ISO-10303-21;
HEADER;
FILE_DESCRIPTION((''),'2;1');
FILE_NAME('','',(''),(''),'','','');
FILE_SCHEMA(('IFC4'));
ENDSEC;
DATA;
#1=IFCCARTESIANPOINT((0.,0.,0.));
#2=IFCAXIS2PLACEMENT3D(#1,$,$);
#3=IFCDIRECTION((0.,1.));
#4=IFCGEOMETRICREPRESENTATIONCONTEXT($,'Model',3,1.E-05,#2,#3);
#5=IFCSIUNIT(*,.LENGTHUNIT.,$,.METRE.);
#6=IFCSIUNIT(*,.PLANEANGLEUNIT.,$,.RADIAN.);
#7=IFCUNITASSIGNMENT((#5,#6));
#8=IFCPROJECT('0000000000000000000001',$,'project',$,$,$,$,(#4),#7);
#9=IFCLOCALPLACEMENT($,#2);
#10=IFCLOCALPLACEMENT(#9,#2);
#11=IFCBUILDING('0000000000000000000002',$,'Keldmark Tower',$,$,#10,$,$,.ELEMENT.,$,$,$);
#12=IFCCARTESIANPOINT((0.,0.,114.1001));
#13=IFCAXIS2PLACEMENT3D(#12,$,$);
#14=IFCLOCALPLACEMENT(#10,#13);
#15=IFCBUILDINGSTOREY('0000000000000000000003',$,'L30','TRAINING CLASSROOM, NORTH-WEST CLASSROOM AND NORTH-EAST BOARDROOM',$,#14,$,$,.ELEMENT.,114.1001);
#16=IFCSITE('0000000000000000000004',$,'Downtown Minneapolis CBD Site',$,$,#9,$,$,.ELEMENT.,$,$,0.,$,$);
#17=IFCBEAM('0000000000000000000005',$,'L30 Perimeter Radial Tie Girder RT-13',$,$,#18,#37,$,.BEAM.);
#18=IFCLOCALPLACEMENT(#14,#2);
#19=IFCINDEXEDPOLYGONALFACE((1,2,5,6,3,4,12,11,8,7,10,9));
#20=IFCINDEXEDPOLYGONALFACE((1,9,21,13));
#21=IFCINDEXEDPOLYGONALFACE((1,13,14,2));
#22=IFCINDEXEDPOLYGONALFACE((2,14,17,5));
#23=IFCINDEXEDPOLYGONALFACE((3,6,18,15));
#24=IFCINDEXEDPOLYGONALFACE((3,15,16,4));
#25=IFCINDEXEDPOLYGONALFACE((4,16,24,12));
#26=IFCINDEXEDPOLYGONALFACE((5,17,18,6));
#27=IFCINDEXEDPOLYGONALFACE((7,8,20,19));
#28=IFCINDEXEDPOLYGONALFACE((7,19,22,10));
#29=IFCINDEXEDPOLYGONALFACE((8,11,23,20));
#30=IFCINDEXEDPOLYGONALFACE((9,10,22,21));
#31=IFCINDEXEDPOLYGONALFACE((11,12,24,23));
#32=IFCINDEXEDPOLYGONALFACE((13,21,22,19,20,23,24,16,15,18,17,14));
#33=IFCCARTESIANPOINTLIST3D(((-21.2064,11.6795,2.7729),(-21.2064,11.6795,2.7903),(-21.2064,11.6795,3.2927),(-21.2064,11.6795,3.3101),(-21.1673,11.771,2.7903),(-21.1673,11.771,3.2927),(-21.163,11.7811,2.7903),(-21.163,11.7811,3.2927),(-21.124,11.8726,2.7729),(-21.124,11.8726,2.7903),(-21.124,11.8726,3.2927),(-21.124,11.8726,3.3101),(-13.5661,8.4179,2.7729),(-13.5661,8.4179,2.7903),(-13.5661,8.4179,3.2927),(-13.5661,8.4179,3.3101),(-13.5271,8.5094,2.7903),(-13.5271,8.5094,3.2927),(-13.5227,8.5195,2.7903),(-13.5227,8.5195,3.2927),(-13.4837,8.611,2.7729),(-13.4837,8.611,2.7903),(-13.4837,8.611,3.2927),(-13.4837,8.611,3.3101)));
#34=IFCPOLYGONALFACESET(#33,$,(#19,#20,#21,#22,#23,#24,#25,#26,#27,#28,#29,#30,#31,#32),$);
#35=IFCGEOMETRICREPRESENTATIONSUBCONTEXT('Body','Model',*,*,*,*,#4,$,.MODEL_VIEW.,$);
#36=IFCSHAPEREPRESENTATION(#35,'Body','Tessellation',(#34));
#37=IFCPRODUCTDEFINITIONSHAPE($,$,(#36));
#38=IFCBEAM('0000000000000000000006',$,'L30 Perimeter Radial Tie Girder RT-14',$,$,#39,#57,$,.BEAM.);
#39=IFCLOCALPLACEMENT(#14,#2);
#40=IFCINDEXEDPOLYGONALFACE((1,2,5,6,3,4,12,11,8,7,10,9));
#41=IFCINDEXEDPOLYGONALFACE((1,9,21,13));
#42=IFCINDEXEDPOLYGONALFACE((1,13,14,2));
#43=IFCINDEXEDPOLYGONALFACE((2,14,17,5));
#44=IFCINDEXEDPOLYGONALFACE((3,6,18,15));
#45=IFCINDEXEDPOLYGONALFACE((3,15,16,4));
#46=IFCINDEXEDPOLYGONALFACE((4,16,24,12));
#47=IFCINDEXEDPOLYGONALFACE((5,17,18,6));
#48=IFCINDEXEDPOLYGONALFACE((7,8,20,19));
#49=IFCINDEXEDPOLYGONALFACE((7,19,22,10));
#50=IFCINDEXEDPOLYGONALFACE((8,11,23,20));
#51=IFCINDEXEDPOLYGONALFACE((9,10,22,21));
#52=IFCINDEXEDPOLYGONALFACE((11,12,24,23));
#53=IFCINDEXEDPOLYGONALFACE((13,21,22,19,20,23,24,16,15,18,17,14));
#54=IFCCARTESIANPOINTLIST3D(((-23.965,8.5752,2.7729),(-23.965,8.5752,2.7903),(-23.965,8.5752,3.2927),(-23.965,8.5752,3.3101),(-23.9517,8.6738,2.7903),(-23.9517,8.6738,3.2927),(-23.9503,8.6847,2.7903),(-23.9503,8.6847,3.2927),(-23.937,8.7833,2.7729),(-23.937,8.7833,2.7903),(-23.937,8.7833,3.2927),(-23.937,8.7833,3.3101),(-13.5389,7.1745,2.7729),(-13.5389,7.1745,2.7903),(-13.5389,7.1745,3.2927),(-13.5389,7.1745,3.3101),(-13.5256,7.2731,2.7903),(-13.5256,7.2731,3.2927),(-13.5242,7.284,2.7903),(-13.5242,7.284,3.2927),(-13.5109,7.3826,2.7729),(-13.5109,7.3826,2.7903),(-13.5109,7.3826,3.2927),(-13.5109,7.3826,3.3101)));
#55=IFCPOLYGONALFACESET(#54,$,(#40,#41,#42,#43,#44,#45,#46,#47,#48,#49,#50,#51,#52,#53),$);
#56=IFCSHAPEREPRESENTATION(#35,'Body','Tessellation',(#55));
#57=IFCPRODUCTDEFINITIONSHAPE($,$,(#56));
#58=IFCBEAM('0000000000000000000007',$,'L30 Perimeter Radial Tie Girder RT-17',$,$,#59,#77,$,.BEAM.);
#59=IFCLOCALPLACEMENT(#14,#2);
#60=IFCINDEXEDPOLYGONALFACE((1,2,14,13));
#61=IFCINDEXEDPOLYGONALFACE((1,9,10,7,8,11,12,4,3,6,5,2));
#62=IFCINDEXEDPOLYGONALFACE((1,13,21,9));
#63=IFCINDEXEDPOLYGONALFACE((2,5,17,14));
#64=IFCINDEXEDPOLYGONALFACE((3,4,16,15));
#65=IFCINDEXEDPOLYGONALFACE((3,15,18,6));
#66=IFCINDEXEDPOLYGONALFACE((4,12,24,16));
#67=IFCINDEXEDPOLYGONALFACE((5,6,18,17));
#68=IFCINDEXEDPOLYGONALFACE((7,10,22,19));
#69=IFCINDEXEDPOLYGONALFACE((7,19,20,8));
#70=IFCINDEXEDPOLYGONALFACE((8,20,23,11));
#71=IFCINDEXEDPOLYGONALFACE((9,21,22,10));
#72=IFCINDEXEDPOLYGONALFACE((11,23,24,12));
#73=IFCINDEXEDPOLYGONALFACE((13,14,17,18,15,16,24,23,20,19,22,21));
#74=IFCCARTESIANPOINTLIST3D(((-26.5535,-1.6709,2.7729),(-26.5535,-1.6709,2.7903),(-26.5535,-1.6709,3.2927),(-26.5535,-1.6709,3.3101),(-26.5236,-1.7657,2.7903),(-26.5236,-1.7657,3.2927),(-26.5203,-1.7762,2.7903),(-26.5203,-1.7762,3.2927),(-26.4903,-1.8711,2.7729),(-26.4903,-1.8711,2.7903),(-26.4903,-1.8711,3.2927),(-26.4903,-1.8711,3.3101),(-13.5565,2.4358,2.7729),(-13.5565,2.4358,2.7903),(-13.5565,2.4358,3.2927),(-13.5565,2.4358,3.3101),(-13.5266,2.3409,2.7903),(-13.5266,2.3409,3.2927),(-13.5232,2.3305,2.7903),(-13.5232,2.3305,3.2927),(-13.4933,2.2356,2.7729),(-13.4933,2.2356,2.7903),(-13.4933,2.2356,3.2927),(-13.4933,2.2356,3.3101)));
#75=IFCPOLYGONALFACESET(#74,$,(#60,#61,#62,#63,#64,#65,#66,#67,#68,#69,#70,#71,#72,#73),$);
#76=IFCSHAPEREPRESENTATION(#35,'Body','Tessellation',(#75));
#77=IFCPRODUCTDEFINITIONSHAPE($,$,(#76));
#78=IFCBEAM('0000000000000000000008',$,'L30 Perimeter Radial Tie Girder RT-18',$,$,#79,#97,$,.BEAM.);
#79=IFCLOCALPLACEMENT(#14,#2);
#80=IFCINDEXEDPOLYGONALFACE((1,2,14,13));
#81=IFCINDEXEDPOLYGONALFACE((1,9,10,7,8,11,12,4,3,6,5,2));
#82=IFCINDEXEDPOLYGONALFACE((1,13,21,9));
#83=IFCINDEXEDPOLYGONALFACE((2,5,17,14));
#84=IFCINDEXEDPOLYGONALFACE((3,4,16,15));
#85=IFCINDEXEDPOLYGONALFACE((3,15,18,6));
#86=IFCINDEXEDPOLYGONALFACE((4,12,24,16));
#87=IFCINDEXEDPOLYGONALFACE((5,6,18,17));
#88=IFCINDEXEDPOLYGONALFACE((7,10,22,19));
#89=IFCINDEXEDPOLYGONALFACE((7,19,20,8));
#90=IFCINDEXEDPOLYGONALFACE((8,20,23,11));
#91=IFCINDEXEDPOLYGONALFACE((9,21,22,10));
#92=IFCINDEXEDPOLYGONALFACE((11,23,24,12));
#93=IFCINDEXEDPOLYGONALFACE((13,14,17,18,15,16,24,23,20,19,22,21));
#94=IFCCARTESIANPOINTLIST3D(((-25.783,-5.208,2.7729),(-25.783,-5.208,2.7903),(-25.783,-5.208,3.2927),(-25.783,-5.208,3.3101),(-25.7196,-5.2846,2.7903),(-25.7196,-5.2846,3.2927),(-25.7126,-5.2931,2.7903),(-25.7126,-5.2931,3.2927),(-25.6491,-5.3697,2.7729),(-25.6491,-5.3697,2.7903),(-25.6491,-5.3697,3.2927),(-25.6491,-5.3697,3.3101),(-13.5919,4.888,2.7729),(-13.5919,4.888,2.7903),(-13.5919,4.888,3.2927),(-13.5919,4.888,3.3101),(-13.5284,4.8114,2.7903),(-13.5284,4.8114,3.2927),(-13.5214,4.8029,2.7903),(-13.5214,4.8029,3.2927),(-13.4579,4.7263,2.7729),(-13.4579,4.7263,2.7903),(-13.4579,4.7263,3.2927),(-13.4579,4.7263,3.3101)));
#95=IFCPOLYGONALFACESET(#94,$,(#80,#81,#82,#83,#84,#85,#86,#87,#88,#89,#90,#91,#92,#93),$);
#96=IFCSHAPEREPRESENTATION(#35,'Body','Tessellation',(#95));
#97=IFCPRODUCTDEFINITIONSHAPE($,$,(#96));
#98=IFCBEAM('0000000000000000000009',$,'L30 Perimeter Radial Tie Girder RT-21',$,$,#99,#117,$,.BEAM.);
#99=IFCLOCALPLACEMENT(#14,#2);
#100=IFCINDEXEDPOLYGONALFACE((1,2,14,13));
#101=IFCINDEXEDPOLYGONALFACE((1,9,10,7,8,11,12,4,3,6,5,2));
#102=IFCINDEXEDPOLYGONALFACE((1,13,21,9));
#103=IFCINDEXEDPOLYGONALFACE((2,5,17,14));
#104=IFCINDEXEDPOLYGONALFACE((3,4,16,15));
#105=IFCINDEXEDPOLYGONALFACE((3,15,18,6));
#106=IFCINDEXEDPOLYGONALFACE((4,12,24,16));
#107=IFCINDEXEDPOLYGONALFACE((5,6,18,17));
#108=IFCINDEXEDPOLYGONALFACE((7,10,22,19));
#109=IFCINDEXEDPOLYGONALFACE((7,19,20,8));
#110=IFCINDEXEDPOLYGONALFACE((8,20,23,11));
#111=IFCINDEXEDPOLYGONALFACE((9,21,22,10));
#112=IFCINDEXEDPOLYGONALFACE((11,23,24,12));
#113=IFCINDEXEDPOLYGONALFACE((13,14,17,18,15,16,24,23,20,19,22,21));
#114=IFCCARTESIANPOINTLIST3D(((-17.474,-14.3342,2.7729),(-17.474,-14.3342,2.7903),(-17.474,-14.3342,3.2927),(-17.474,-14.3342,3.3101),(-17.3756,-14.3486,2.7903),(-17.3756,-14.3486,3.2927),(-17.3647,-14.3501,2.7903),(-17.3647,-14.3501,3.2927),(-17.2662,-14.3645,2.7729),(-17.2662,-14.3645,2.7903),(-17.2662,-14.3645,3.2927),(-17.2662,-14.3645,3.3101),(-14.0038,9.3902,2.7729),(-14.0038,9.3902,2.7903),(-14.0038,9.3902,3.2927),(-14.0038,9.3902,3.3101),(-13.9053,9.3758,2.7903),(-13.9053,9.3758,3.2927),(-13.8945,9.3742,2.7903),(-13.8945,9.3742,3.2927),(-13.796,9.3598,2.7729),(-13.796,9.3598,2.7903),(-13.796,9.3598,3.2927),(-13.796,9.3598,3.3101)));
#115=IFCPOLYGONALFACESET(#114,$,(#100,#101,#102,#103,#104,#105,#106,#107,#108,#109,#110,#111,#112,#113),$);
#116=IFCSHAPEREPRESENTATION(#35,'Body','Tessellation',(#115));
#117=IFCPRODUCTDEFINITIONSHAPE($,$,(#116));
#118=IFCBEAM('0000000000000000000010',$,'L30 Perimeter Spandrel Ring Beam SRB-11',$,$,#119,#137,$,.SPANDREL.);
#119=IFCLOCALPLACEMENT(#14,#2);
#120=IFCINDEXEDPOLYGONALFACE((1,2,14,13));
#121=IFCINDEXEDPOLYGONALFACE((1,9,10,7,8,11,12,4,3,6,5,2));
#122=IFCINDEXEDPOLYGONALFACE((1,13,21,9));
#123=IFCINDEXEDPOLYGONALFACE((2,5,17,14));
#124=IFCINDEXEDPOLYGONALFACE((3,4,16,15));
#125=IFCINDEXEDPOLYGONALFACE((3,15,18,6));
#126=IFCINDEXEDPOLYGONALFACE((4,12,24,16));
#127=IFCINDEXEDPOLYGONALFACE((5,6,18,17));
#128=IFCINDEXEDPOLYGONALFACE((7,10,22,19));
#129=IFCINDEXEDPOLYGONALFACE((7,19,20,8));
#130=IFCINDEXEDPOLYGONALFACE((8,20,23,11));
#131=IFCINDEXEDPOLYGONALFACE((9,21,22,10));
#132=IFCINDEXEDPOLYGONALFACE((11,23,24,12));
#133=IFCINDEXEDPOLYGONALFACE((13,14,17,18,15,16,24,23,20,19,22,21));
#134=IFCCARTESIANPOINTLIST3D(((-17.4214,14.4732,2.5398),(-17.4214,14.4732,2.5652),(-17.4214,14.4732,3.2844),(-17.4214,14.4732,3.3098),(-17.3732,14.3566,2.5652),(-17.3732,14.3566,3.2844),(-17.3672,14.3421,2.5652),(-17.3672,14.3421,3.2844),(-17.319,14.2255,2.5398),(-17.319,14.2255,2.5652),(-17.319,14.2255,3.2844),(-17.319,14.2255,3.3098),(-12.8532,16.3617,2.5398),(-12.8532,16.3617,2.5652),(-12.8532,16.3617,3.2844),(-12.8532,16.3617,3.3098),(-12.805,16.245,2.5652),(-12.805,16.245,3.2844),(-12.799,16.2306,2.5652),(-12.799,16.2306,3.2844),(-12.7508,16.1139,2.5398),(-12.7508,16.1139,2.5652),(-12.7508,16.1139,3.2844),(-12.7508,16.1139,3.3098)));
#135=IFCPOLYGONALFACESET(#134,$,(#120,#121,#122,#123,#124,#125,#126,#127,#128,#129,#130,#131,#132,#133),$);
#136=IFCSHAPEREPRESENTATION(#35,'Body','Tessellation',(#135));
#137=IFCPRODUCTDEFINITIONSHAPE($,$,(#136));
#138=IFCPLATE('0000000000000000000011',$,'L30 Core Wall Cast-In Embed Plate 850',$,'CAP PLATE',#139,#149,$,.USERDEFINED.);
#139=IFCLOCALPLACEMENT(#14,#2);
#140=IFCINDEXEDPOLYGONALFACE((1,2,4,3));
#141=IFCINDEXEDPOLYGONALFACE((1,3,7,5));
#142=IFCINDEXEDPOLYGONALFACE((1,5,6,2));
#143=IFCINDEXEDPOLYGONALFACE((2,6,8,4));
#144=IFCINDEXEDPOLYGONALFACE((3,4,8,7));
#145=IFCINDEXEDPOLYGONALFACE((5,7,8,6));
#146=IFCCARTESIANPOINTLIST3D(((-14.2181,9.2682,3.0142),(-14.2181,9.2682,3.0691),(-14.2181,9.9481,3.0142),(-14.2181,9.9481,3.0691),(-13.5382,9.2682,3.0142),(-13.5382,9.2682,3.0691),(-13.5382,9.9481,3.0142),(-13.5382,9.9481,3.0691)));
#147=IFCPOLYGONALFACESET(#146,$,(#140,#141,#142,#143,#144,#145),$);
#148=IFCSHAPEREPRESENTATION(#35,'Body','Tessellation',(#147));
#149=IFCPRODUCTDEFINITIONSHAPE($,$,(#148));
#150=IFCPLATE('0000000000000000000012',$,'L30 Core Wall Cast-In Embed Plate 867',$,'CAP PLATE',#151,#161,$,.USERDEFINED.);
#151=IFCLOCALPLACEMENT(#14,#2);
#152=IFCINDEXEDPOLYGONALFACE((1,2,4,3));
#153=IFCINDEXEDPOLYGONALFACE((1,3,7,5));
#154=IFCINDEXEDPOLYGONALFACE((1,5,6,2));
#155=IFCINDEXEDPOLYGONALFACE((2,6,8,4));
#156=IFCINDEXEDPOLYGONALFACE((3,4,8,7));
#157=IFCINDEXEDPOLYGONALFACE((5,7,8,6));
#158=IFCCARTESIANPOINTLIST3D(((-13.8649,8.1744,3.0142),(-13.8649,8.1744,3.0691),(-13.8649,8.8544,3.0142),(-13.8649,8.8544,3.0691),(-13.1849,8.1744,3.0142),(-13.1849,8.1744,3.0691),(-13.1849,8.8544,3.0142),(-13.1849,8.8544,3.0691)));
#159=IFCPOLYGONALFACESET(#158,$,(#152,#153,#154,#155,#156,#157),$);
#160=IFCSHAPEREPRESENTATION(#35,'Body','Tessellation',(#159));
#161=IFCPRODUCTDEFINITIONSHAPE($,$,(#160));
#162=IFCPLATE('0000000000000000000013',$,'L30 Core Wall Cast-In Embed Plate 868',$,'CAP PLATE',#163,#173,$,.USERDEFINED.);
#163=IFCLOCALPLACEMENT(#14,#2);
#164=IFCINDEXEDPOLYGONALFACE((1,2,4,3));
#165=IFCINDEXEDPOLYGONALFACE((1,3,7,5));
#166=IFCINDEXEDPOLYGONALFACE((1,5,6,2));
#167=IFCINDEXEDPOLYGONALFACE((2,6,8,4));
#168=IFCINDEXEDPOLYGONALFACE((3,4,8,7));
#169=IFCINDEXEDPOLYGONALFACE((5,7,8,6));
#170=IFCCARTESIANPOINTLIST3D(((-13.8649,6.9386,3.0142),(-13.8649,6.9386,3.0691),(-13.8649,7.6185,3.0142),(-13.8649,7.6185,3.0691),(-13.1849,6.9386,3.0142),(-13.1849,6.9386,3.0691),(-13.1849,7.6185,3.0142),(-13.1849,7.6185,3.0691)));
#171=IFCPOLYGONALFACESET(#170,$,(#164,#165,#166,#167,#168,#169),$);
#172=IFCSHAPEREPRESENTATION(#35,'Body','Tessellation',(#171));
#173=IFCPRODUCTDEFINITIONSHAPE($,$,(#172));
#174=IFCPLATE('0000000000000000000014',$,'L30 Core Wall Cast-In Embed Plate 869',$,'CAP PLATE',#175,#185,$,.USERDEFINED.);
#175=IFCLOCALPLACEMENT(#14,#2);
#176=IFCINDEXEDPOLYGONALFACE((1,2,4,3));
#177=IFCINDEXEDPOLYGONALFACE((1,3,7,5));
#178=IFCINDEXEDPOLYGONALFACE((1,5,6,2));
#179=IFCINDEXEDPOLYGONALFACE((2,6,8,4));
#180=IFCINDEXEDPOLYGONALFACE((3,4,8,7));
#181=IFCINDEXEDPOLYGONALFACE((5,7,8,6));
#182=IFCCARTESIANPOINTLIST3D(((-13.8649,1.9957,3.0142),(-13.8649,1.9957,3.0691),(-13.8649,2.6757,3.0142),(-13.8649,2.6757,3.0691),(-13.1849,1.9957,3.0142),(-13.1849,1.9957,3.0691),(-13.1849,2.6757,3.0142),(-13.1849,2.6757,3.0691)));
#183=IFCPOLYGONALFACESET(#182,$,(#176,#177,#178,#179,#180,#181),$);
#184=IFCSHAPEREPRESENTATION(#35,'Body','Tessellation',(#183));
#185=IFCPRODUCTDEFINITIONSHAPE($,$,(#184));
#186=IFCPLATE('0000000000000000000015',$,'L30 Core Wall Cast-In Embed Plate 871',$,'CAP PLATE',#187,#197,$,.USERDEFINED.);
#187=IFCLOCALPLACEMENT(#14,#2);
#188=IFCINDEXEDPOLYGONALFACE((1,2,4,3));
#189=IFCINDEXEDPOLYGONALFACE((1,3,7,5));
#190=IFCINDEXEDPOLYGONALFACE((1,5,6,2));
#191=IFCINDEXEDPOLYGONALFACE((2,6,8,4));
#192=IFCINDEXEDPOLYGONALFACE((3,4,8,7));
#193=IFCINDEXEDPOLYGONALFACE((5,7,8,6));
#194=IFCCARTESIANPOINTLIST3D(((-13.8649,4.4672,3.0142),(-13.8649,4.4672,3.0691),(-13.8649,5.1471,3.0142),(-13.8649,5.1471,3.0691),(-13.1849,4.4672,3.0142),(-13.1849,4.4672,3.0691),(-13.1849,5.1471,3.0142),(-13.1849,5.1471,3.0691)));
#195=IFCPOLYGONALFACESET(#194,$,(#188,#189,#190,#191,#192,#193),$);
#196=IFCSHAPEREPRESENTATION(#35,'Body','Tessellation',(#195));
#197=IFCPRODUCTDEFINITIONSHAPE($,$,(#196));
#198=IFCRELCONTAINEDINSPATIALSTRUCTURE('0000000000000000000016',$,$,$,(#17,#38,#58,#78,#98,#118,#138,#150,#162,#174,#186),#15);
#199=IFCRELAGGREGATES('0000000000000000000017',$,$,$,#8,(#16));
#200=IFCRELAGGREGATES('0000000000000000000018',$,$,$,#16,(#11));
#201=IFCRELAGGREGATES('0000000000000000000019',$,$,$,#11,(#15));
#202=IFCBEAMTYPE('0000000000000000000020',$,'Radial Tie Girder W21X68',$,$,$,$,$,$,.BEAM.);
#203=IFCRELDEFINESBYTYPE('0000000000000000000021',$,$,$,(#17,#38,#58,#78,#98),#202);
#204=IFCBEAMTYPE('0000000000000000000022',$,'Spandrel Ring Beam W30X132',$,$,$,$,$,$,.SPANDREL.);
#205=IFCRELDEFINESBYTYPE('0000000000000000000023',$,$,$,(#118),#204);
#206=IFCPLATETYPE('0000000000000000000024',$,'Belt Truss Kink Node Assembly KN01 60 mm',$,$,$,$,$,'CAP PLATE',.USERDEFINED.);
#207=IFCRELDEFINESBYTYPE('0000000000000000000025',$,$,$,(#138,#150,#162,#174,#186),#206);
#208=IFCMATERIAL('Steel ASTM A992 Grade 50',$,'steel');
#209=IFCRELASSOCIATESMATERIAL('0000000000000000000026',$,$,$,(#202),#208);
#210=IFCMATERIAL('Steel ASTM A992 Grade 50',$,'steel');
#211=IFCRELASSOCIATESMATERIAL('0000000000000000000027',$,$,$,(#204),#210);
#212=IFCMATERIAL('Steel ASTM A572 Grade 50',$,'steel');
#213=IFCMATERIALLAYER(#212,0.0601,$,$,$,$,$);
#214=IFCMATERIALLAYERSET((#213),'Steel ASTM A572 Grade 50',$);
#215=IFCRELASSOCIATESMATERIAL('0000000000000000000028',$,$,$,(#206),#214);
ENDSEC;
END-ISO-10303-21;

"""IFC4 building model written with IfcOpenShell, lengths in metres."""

from ifc_helpers import new_model, si_unit, direction, frame, origin, origin_2d, place, context, subcontext, project, spatial, rectangle, i_section, extrude, material, layer, layer_set, material_profile, profile_set, type_object, element, save


model = new_model("IFC4")

# Units and contexts
model_context = context("Model", 3, precision=1e-05, world=origin(), true_north=direction((0.0, 1.0)))
body_context = subcontext(model_context, "Body", "Model", "MODEL_VIEW")
ifc_project = project(units=[si_unit("LENGTHUNIT", "METRE"), si_unit("PLANEANGLEUNIT", "RADIAN")], contexts=[model_context])

# Site, building, storey
site_placement = place(None, origin())
site = spatial("IfcSite", under=ifc_project, at=site_placement, Name="Downtown Minneapolis CBD Site", CompositionType="ELEMENT", RefElevation=0.0)
building_placement = place(site_placement, origin())
building = spatial("IfcBuilding", under=site, at=building_placement, Name="Keldmark Tower", CompositionType="ELEMENT")
storey_placement = place(building_placement, frame((0.0, 0.0, 114.1001)))
storey = spatial("IfcBuildingStorey", under=building, at=storey_placement, Name="L30", Description="TRAINING CLASSROOM, NORTH-WEST CLASSROOM AND NORTH-EAST BOARDROOM", CompositionType="ELEMENT", Elevation=114.1001)

# Beams
ifc_material_1 = material(Name="Steel ASTM A992 Grade 50", Category="steel")
ifc_material_profile_1 = material_profile(ifc_material_1, i_section(OverallWidth=0.21, OverallDepth=0.5371, WebThickness=0.011, FlangeThickness=0.0173, at=origin_2d()), Name="W21X68")
ifc_profile_set_1 = profile_set([ifc_material_profile_1], Name="Steel ASTM A992 Grade 50")
beam_type_1 = type_object("IfcBeamType", Name="Radial Tie Girder W21X68", PredefinedType="BEAM", material=ifc_profile_set_1)
beam_1_placement = place(storey_placement, frame((-13.5249, 8.5144, 3.0415), z_axis=(-0.919699, 0.392624, 0.0), x_axis=(-0.392624, -0.919699, 0.0)))
element("IfcBeam", 1, at=beam_1_placement, inside=storey, type_object=beam_type_1, Name="L30 Perimeter Radial Tie Girder RT-13", PredefinedType="BEAM", context=body_context, shape_type="SweptSolid", body=[
    extrude(i_section(OverallWidth=0.21, OverallDepth=0.5371, WebThickness=0.011, FlangeThickness=0.0173, at=origin_2d()), origin(), (0.0, 0.0, 1.0), 8.3074),
])
beam_2_placement = place(storey_placement, frame((-13.5249, 7.2786, 3.0415), z_axis=(-0.991097, 0.133144, 0.0), x_axis=(-0.133144, -0.991097, 0.0)))
element("IfcBeam", 2, at=beam_2_placement, inside=storey, type_object=beam_type_1, Name="L30 Perimeter Radial Tie Girder RT-14", PredefinedType="BEAM", context=body_context, shape_type="SweptSolid", body=[
    extrude(i_section(OverallWidth=0.21, OverallDepth=0.5371, WebThickness=0.011, FlangeThickness=0.0173, at=origin_2d()), origin(), (0.0, 0.0, 1.0), 10.5198),
])
beam_3_placement = place(storey_placement, frame((-13.5249, 2.3357, 3.0415), z_axis=(-0.953533, -0.301288, 0.0), x_axis=(0.301288, -0.953533, 0.0)))
element("IfcBeam", 3, at=beam_3_placement, inside=storey, type_object=beam_type_1, Name="L30 Perimeter Radial Tie Girder RT-17", PredefinedType="BEAM", context=body_context, shape_type="SweptSolid", body=[
    extrude(i_section(OverallWidth=0.21, OverallDepth=0.5371, WebThickness=0.011, FlangeThickness=0.0173, at=origin_2d()), origin(), (0.0, 0.0, 1.0), 13.6304),
])
beam_4_placement = place(storey_placement, frame((-13.5249, 4.8071, 3.0415), z_axis=(-0.770186, -0.637819, 0.0), x_axis=(0.637819, -0.770186, 0.0)))
element("IfcBeam", 4, at=beam_4_placement, inside=storey, type_object=beam_type_1, Name="L30 Perimeter Radial Tie Girder RT-18", PredefinedType="BEAM", context=body_context, shape_type="SweptSolid", body=[
    extrude(i_section(OverallWidth=0.21, OverallDepth=0.5371, WebThickness=0.011, FlangeThickness=0.0173, at=origin_2d()), origin(), (0.0, 0.0, 1.0), 15.8289),
])
beam_5_placement = place(storey_placement, frame((-13.8999, 9.375, 3.0415), z_axis=(-0.144732, -0.989471, 0.0), x_axis=(0.989471, -0.144732, 0.0)))
element("IfcBeam", 5, at=beam_5_placement, inside=storey, type_object=beam_type_1, Name="L30 Perimeter Radial Tie Girder RT-21", PredefinedType="BEAM", context=body_context, shape_type="SweptSolid", body=[
    extrude(i_section(OverallWidth=0.21, OverallDepth=0.5371, WebThickness=0.011, FlangeThickness=0.0173, at=origin_2d()), origin(), (0.0, 0.0, 1.0), 23.9768),
])
ifc_material_2 = material(Name="Steel ASTM A992 Grade 50", Category="steel")
ifc_material_profile_2 = material_profile(ifc_material_2, i_section(OverallWidth=0.2681, OverallDepth=0.77, WebThickness=0.0156, FlangeThickness=0.0254, at=origin_2d()), Name="W30X132")
ifc_profile_set_2 = profile_set([ifc_material_profile_2], Name="Steel ASTM A992 Grade 50")
beam_type_2 = type_object("IfcBeamType", Name="Spandrel Ring Beam W30X132", PredefinedType="SPANDREL", material=ifc_profile_set_2)
beam_6_placement = place(storey_placement, frame((-12.802, 16.2378, 2.9248), z_axis=(-0.924147, -0.382036, 0.0), x_axis=(0.382036, -0.924147, 0.0)))
element("IfcBeam", 6, at=beam_6_placement, inside=storey, type_object=beam_type_2, Name="L30 Perimeter Spandrel Ring Beam SRB-11", PredefinedType="SPANDREL", context=body_context, shape_type="SweptSolid", body=[
    extrude(i_section(OverallWidth=0.2681, OverallDepth=0.77, WebThickness=0.0156, FlangeThickness=0.0254, at=origin_2d()), origin(), (0.0, 0.0, 1.0), 4.9431),
])

# Plates
ifc_material_3 = material(Name="Steel ASTM A572 Grade 50", Category="steel")
ifc_layer_1 = layer(ifc_material_3, 0.0601)
ifc_layer_set_1 = layer_set([ifc_layer_1], Name="Steel ASTM A572 Grade 50")
plate_type_1 = type_object("IfcPlateType", Name="Belt Truss Kink Node Assembly KN01 60 mm", ElementType="CAP PLATE", PredefinedType="USERDEFINED", material=ifc_layer_set_1)
for number, where, z_axis, x_axis, name in (
    (7, (-13.8782, 9.6082, 3.0142), (0.0, 0.0, 1.0), (1.0, 0.0, 0.0), "L30 Core Wall Cast-In Embed Plate 850"),
    (8, (-13.5249, 8.5144, 3.0142), (0.0, 0.0, 1.0), (1.0, 0.0, 0.0), "L30 Core Wall Cast-In Embed Plate 867"),
    (9, (-13.5249, 7.2786, 3.0142), (0.0, 0.0, 1.0), (1.0, 0.0, 0.0), "L30 Core Wall Cast-In Embed Plate 868"),
    (10, (-13.5249, 2.3357, 3.0142), (0.0, 0.0, 1.0), (1.0, 0.0, 0.0), "L30 Core Wall Cast-In Embed Plate 869"),
    (11, (-13.5249, 4.8071, 3.0142), (0.0, 0.0, 1.0), (1.0, 0.0, 0.0), "L30 Core Wall Cast-In Embed Plate 871"),
):
    element("IfcPlate", number, at=place(storey_placement, frame(where, z_axis=z_axis, x_axis=x_axis)), inside=storey, type_object=plate_type_1, Name=name, ObjectType="CAP PLATE", PredefinedType="USERDEFINED", context=body_context, shape_type="SweptSolid", body=[
        extrude(rectangle(XDim=0.6799, YDim=0.6799, at=origin_2d()), origin(), (0.0, 0.0, 1.0), 0.0549),
    ])

save(model, "model.ifc")
